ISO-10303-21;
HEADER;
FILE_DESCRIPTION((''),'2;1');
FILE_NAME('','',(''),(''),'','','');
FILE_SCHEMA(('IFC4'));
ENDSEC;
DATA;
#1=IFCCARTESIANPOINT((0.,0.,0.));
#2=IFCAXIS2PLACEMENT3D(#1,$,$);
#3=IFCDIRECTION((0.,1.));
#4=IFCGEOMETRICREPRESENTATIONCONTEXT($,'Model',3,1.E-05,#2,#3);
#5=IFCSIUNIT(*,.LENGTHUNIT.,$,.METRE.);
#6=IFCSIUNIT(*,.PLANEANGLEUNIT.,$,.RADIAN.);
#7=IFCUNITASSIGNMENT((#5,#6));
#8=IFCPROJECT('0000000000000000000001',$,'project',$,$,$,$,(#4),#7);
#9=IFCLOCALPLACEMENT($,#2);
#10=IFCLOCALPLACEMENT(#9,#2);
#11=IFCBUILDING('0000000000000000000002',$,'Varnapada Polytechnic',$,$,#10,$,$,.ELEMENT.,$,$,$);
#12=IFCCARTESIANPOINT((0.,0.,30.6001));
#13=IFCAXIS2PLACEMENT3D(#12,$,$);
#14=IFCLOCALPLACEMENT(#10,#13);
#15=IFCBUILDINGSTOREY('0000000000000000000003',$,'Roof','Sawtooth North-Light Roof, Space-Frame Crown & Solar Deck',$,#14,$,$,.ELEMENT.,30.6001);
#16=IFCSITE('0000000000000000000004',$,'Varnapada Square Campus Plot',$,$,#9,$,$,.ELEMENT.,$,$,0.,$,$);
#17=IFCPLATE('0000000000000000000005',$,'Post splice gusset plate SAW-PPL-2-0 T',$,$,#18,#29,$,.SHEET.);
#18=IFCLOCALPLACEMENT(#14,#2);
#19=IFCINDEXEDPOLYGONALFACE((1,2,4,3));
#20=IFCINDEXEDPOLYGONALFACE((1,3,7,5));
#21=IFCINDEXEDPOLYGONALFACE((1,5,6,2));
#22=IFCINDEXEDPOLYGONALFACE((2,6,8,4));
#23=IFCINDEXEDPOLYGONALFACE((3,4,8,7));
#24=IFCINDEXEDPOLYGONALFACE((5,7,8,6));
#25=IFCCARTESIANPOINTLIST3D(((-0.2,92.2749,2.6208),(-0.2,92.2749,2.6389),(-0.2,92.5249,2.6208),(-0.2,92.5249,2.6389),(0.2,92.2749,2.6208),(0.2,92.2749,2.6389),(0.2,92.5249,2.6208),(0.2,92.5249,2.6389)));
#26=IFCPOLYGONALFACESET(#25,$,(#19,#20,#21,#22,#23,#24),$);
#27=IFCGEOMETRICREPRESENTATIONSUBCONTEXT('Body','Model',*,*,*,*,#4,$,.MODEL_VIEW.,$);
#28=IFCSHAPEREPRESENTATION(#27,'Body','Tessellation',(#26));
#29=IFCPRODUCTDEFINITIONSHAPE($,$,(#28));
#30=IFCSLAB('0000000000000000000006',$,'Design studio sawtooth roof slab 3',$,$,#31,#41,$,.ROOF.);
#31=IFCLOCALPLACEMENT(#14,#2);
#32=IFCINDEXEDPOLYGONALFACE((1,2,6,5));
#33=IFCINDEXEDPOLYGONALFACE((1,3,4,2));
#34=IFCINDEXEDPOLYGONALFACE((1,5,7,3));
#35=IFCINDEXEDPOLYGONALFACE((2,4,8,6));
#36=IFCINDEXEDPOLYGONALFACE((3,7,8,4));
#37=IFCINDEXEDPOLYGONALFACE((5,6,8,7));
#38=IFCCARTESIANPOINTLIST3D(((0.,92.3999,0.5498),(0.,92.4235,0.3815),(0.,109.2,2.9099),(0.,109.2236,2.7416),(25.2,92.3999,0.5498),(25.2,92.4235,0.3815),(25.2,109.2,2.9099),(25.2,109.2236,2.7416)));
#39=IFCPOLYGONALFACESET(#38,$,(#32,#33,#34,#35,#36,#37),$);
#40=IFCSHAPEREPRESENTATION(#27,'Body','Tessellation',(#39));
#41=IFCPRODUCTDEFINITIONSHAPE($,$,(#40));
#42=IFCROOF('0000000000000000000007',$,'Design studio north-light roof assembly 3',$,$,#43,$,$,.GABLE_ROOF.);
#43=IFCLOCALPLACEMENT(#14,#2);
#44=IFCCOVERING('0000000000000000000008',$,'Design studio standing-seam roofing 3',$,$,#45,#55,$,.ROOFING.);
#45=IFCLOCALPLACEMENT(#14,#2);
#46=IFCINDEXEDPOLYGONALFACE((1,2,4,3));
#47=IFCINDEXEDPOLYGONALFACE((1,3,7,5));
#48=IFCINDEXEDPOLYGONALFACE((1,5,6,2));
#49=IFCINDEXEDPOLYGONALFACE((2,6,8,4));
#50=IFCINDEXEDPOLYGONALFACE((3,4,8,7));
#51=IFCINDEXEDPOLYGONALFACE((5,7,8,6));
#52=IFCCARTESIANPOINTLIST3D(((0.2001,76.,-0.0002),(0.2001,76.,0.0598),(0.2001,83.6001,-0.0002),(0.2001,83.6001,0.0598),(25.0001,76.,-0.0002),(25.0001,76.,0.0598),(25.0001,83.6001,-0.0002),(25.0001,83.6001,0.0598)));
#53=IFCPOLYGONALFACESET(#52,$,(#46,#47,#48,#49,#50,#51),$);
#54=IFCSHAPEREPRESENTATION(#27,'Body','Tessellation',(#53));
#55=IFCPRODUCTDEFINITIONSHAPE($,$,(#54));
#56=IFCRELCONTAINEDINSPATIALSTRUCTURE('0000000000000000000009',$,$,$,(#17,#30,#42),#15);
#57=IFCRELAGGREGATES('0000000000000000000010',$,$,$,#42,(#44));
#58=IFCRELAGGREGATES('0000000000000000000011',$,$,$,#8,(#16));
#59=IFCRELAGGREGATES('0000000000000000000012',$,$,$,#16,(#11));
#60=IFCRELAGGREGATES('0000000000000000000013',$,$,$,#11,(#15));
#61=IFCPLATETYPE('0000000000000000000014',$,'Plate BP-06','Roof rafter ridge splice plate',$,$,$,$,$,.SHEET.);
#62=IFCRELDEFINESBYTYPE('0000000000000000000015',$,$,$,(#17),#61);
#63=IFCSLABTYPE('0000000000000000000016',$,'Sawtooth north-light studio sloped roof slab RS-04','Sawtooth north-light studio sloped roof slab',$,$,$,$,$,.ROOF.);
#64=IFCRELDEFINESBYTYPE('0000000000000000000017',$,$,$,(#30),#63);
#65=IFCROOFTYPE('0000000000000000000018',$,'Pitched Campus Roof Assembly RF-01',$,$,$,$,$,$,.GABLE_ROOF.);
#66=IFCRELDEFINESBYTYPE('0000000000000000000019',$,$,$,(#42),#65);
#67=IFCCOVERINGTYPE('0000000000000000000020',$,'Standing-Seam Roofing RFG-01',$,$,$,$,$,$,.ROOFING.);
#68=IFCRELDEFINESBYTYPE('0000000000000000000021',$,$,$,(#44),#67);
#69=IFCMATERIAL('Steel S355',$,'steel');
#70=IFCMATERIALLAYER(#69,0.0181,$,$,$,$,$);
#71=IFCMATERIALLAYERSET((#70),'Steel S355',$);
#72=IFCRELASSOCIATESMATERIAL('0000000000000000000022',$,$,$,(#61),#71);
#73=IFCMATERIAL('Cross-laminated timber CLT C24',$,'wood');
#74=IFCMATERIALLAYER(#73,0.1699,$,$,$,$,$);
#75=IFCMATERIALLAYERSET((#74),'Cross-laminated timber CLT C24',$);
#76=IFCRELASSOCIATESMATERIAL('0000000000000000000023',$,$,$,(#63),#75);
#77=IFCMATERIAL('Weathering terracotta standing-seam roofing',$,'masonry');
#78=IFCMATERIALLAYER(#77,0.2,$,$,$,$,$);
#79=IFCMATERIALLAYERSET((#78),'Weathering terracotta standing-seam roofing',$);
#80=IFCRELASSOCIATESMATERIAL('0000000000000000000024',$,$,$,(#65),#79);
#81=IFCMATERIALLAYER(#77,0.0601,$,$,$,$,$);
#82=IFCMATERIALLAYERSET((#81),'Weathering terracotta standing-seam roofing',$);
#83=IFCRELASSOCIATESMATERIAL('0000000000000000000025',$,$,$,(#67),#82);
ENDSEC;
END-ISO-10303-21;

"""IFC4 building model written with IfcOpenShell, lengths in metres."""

from ifc_helpers import new_model, si_unit, direction, frame, origin, origin_2d, place, context, subcontext, project, spatial, polyline, rectangle, outline, extrude, material, layer, layer_set, type_object, element, aggregate, save


model = new_model("IFC4")

# Units and contexts
model_context = context("Model", 3, precision=1e-05, world=origin(), true_north=direction((0.0, 1.0)))
body_context = subcontext(model_context, "Body", "Model", "MODEL_VIEW")
ifc_project = project(units=[si_unit("LENGTHUNIT", "METRE"), si_unit("PLANEANGLEUNIT", "RADIAN")], contexts=[model_context])

# Site, building, storey
site_placement = place(None, origin())
site = spatial("IfcSite", under=ifc_project, at=site_placement, Name="Varnapada Square Campus Plot", CompositionType="ELEMENT", RefElevation=0.0)
building_placement = place(site_placement, origin())
building = spatial("IfcBuilding", under=site, at=building_placement, Name="Varnapada Polytechnic", CompositionType="ELEMENT")
storey_placement = place(building_placement, frame((0.0, 0.0, 30.6001)))
storey = spatial("IfcBuildingStorey", under=building, at=storey_placement, Name="Roof", Description="Sawtooth North-Light Roof, Space-Frame Crown & Solar Deck", CompositionType="ELEMENT", Elevation=30.6001)

# Shared definitions
ifc_material_1 = material(Name="Steel S355", Category="steel")

# Plate
ifc_layer_1 = layer(ifc_material_1, 0.0181)
ifc_layer_set_1 = layer_set([ifc_layer_1], Name="Steel S355")
plate_type = type_object("IfcPlateType", Name="Plate BP-06", Description="Roof rafter ridge splice plate", PredefinedType="SHEET", material=ifc_layer_set_1)
for number, where, z_axis, x_axis, name in (
    (1, (0.0, 92.3999, 2.6208), (0.0, 0.0, 1.0), (1.0, 0.0, 0.0), "Post splice gusset plate SAW-PPL-2-0 T"),
):
    element("IfcPlate", number, at=place(storey_placement, frame(where, z_axis=z_axis, x_axis=x_axis)), inside=storey, type_object=plate_type, Name=name, PredefinedType="SHEET", context=body_context, shape_type="SweptSolid", body=[
        extrude(rectangle(XDim=0.3999, YDim=0.25, at=origin_2d()), origin(), (0.0, 0.0, 1.0), 0.0181),
    ])

# Slab
ifc_material_2 = material(Name="Cross-laminated timber CLT C24", Category="wood")
ifc_layer_2 = layer(ifc_material_2, 0.1699)
ifc_layer_set_2 = layer_set([ifc_layer_2], Name="Cross-laminated timber CLT C24")
slab_type = type_object("IfcSlabType", Name="Sawtooth north-light studio sloped roof slab RS-04", Description="Sawtooth north-light studio sloped roof slab", PredefinedType="ROOF", material=ifc_layer_set_2)
slab_placement = place(storey_placement, frame((0.0, 92.3999, 0.5498), z_axis=(0.0, -0.139116, 0.990276), x_axis=(1.0, 0.0, 0.0)))
element("IfcSlab", 2, at=slab_placement, inside=storey, type_object=slab_type, Name="Design studio sawtooth roof slab 3", PredefinedType="ROOF", context=body_context, shape_type="SweptSolid", body=[
    extrude(outline(polyline([(0.0, 0.0), (25.2, 0.0), (25.2, 16.965), (0.0, 16.965), (0.0, 0.0)])), origin(), (0.0, 0.0, -1.0), 0.1699),
])

# Roof, covering
ifc_material_3 = material(Name="Weathering terracotta standing-seam roofing", Category="masonry")
ifc_layer_3 = layer(ifc_material_3, 0.2)
ifc_layer_set_3 = layer_set([ifc_layer_3], Name="Weathering terracotta standing-seam roofing")
roof_type = type_object("IfcRoofType", Name="Pitched Campus Roof Assembly RF-01", PredefinedType="GABLE_ROOF", material=ifc_layer_set_3)
roof_placement = place(storey_placement, origin())
roof = element("IfcRoof", 3, at=roof_placement, inside=storey, type_object=roof_type, Name="Design studio north-light roof assembly 3", PredefinedType="GABLE_ROOF")
ifc_layer_4 = layer(ifc_material_3, 0.0601)
ifc_layer_set_4 = layer_set([ifc_layer_4], Name="Weathering terracotta standing-seam roofing")
covering_type = type_object("IfcCoveringType", Name="Standing-Seam Roofing RFG-01", PredefinedType="ROOFING", material=ifc_layer_set_4)
covering_placement = place(storey_placement, frame((12.6001, 79.8, -0.0002), z_axis=(0.0, 0.0, 1.0), x_axis=(1.0, 0.0, 0.0)))
covering = element("IfcCovering", 4, at=covering_placement, type_object=covering_type, Name="Design studio standing-seam roofing 3", PredefinedType="ROOFING", context=body_context, shape_type="SweptSolid", body=[
    extrude(rectangle(XDim=24.8, YDim=7.6001, at=origin_2d()), origin(), (0.0, 0.0, 1.0), 0.0601),
])
aggregate(roof, [covering])

save(model, "model.ifc")
